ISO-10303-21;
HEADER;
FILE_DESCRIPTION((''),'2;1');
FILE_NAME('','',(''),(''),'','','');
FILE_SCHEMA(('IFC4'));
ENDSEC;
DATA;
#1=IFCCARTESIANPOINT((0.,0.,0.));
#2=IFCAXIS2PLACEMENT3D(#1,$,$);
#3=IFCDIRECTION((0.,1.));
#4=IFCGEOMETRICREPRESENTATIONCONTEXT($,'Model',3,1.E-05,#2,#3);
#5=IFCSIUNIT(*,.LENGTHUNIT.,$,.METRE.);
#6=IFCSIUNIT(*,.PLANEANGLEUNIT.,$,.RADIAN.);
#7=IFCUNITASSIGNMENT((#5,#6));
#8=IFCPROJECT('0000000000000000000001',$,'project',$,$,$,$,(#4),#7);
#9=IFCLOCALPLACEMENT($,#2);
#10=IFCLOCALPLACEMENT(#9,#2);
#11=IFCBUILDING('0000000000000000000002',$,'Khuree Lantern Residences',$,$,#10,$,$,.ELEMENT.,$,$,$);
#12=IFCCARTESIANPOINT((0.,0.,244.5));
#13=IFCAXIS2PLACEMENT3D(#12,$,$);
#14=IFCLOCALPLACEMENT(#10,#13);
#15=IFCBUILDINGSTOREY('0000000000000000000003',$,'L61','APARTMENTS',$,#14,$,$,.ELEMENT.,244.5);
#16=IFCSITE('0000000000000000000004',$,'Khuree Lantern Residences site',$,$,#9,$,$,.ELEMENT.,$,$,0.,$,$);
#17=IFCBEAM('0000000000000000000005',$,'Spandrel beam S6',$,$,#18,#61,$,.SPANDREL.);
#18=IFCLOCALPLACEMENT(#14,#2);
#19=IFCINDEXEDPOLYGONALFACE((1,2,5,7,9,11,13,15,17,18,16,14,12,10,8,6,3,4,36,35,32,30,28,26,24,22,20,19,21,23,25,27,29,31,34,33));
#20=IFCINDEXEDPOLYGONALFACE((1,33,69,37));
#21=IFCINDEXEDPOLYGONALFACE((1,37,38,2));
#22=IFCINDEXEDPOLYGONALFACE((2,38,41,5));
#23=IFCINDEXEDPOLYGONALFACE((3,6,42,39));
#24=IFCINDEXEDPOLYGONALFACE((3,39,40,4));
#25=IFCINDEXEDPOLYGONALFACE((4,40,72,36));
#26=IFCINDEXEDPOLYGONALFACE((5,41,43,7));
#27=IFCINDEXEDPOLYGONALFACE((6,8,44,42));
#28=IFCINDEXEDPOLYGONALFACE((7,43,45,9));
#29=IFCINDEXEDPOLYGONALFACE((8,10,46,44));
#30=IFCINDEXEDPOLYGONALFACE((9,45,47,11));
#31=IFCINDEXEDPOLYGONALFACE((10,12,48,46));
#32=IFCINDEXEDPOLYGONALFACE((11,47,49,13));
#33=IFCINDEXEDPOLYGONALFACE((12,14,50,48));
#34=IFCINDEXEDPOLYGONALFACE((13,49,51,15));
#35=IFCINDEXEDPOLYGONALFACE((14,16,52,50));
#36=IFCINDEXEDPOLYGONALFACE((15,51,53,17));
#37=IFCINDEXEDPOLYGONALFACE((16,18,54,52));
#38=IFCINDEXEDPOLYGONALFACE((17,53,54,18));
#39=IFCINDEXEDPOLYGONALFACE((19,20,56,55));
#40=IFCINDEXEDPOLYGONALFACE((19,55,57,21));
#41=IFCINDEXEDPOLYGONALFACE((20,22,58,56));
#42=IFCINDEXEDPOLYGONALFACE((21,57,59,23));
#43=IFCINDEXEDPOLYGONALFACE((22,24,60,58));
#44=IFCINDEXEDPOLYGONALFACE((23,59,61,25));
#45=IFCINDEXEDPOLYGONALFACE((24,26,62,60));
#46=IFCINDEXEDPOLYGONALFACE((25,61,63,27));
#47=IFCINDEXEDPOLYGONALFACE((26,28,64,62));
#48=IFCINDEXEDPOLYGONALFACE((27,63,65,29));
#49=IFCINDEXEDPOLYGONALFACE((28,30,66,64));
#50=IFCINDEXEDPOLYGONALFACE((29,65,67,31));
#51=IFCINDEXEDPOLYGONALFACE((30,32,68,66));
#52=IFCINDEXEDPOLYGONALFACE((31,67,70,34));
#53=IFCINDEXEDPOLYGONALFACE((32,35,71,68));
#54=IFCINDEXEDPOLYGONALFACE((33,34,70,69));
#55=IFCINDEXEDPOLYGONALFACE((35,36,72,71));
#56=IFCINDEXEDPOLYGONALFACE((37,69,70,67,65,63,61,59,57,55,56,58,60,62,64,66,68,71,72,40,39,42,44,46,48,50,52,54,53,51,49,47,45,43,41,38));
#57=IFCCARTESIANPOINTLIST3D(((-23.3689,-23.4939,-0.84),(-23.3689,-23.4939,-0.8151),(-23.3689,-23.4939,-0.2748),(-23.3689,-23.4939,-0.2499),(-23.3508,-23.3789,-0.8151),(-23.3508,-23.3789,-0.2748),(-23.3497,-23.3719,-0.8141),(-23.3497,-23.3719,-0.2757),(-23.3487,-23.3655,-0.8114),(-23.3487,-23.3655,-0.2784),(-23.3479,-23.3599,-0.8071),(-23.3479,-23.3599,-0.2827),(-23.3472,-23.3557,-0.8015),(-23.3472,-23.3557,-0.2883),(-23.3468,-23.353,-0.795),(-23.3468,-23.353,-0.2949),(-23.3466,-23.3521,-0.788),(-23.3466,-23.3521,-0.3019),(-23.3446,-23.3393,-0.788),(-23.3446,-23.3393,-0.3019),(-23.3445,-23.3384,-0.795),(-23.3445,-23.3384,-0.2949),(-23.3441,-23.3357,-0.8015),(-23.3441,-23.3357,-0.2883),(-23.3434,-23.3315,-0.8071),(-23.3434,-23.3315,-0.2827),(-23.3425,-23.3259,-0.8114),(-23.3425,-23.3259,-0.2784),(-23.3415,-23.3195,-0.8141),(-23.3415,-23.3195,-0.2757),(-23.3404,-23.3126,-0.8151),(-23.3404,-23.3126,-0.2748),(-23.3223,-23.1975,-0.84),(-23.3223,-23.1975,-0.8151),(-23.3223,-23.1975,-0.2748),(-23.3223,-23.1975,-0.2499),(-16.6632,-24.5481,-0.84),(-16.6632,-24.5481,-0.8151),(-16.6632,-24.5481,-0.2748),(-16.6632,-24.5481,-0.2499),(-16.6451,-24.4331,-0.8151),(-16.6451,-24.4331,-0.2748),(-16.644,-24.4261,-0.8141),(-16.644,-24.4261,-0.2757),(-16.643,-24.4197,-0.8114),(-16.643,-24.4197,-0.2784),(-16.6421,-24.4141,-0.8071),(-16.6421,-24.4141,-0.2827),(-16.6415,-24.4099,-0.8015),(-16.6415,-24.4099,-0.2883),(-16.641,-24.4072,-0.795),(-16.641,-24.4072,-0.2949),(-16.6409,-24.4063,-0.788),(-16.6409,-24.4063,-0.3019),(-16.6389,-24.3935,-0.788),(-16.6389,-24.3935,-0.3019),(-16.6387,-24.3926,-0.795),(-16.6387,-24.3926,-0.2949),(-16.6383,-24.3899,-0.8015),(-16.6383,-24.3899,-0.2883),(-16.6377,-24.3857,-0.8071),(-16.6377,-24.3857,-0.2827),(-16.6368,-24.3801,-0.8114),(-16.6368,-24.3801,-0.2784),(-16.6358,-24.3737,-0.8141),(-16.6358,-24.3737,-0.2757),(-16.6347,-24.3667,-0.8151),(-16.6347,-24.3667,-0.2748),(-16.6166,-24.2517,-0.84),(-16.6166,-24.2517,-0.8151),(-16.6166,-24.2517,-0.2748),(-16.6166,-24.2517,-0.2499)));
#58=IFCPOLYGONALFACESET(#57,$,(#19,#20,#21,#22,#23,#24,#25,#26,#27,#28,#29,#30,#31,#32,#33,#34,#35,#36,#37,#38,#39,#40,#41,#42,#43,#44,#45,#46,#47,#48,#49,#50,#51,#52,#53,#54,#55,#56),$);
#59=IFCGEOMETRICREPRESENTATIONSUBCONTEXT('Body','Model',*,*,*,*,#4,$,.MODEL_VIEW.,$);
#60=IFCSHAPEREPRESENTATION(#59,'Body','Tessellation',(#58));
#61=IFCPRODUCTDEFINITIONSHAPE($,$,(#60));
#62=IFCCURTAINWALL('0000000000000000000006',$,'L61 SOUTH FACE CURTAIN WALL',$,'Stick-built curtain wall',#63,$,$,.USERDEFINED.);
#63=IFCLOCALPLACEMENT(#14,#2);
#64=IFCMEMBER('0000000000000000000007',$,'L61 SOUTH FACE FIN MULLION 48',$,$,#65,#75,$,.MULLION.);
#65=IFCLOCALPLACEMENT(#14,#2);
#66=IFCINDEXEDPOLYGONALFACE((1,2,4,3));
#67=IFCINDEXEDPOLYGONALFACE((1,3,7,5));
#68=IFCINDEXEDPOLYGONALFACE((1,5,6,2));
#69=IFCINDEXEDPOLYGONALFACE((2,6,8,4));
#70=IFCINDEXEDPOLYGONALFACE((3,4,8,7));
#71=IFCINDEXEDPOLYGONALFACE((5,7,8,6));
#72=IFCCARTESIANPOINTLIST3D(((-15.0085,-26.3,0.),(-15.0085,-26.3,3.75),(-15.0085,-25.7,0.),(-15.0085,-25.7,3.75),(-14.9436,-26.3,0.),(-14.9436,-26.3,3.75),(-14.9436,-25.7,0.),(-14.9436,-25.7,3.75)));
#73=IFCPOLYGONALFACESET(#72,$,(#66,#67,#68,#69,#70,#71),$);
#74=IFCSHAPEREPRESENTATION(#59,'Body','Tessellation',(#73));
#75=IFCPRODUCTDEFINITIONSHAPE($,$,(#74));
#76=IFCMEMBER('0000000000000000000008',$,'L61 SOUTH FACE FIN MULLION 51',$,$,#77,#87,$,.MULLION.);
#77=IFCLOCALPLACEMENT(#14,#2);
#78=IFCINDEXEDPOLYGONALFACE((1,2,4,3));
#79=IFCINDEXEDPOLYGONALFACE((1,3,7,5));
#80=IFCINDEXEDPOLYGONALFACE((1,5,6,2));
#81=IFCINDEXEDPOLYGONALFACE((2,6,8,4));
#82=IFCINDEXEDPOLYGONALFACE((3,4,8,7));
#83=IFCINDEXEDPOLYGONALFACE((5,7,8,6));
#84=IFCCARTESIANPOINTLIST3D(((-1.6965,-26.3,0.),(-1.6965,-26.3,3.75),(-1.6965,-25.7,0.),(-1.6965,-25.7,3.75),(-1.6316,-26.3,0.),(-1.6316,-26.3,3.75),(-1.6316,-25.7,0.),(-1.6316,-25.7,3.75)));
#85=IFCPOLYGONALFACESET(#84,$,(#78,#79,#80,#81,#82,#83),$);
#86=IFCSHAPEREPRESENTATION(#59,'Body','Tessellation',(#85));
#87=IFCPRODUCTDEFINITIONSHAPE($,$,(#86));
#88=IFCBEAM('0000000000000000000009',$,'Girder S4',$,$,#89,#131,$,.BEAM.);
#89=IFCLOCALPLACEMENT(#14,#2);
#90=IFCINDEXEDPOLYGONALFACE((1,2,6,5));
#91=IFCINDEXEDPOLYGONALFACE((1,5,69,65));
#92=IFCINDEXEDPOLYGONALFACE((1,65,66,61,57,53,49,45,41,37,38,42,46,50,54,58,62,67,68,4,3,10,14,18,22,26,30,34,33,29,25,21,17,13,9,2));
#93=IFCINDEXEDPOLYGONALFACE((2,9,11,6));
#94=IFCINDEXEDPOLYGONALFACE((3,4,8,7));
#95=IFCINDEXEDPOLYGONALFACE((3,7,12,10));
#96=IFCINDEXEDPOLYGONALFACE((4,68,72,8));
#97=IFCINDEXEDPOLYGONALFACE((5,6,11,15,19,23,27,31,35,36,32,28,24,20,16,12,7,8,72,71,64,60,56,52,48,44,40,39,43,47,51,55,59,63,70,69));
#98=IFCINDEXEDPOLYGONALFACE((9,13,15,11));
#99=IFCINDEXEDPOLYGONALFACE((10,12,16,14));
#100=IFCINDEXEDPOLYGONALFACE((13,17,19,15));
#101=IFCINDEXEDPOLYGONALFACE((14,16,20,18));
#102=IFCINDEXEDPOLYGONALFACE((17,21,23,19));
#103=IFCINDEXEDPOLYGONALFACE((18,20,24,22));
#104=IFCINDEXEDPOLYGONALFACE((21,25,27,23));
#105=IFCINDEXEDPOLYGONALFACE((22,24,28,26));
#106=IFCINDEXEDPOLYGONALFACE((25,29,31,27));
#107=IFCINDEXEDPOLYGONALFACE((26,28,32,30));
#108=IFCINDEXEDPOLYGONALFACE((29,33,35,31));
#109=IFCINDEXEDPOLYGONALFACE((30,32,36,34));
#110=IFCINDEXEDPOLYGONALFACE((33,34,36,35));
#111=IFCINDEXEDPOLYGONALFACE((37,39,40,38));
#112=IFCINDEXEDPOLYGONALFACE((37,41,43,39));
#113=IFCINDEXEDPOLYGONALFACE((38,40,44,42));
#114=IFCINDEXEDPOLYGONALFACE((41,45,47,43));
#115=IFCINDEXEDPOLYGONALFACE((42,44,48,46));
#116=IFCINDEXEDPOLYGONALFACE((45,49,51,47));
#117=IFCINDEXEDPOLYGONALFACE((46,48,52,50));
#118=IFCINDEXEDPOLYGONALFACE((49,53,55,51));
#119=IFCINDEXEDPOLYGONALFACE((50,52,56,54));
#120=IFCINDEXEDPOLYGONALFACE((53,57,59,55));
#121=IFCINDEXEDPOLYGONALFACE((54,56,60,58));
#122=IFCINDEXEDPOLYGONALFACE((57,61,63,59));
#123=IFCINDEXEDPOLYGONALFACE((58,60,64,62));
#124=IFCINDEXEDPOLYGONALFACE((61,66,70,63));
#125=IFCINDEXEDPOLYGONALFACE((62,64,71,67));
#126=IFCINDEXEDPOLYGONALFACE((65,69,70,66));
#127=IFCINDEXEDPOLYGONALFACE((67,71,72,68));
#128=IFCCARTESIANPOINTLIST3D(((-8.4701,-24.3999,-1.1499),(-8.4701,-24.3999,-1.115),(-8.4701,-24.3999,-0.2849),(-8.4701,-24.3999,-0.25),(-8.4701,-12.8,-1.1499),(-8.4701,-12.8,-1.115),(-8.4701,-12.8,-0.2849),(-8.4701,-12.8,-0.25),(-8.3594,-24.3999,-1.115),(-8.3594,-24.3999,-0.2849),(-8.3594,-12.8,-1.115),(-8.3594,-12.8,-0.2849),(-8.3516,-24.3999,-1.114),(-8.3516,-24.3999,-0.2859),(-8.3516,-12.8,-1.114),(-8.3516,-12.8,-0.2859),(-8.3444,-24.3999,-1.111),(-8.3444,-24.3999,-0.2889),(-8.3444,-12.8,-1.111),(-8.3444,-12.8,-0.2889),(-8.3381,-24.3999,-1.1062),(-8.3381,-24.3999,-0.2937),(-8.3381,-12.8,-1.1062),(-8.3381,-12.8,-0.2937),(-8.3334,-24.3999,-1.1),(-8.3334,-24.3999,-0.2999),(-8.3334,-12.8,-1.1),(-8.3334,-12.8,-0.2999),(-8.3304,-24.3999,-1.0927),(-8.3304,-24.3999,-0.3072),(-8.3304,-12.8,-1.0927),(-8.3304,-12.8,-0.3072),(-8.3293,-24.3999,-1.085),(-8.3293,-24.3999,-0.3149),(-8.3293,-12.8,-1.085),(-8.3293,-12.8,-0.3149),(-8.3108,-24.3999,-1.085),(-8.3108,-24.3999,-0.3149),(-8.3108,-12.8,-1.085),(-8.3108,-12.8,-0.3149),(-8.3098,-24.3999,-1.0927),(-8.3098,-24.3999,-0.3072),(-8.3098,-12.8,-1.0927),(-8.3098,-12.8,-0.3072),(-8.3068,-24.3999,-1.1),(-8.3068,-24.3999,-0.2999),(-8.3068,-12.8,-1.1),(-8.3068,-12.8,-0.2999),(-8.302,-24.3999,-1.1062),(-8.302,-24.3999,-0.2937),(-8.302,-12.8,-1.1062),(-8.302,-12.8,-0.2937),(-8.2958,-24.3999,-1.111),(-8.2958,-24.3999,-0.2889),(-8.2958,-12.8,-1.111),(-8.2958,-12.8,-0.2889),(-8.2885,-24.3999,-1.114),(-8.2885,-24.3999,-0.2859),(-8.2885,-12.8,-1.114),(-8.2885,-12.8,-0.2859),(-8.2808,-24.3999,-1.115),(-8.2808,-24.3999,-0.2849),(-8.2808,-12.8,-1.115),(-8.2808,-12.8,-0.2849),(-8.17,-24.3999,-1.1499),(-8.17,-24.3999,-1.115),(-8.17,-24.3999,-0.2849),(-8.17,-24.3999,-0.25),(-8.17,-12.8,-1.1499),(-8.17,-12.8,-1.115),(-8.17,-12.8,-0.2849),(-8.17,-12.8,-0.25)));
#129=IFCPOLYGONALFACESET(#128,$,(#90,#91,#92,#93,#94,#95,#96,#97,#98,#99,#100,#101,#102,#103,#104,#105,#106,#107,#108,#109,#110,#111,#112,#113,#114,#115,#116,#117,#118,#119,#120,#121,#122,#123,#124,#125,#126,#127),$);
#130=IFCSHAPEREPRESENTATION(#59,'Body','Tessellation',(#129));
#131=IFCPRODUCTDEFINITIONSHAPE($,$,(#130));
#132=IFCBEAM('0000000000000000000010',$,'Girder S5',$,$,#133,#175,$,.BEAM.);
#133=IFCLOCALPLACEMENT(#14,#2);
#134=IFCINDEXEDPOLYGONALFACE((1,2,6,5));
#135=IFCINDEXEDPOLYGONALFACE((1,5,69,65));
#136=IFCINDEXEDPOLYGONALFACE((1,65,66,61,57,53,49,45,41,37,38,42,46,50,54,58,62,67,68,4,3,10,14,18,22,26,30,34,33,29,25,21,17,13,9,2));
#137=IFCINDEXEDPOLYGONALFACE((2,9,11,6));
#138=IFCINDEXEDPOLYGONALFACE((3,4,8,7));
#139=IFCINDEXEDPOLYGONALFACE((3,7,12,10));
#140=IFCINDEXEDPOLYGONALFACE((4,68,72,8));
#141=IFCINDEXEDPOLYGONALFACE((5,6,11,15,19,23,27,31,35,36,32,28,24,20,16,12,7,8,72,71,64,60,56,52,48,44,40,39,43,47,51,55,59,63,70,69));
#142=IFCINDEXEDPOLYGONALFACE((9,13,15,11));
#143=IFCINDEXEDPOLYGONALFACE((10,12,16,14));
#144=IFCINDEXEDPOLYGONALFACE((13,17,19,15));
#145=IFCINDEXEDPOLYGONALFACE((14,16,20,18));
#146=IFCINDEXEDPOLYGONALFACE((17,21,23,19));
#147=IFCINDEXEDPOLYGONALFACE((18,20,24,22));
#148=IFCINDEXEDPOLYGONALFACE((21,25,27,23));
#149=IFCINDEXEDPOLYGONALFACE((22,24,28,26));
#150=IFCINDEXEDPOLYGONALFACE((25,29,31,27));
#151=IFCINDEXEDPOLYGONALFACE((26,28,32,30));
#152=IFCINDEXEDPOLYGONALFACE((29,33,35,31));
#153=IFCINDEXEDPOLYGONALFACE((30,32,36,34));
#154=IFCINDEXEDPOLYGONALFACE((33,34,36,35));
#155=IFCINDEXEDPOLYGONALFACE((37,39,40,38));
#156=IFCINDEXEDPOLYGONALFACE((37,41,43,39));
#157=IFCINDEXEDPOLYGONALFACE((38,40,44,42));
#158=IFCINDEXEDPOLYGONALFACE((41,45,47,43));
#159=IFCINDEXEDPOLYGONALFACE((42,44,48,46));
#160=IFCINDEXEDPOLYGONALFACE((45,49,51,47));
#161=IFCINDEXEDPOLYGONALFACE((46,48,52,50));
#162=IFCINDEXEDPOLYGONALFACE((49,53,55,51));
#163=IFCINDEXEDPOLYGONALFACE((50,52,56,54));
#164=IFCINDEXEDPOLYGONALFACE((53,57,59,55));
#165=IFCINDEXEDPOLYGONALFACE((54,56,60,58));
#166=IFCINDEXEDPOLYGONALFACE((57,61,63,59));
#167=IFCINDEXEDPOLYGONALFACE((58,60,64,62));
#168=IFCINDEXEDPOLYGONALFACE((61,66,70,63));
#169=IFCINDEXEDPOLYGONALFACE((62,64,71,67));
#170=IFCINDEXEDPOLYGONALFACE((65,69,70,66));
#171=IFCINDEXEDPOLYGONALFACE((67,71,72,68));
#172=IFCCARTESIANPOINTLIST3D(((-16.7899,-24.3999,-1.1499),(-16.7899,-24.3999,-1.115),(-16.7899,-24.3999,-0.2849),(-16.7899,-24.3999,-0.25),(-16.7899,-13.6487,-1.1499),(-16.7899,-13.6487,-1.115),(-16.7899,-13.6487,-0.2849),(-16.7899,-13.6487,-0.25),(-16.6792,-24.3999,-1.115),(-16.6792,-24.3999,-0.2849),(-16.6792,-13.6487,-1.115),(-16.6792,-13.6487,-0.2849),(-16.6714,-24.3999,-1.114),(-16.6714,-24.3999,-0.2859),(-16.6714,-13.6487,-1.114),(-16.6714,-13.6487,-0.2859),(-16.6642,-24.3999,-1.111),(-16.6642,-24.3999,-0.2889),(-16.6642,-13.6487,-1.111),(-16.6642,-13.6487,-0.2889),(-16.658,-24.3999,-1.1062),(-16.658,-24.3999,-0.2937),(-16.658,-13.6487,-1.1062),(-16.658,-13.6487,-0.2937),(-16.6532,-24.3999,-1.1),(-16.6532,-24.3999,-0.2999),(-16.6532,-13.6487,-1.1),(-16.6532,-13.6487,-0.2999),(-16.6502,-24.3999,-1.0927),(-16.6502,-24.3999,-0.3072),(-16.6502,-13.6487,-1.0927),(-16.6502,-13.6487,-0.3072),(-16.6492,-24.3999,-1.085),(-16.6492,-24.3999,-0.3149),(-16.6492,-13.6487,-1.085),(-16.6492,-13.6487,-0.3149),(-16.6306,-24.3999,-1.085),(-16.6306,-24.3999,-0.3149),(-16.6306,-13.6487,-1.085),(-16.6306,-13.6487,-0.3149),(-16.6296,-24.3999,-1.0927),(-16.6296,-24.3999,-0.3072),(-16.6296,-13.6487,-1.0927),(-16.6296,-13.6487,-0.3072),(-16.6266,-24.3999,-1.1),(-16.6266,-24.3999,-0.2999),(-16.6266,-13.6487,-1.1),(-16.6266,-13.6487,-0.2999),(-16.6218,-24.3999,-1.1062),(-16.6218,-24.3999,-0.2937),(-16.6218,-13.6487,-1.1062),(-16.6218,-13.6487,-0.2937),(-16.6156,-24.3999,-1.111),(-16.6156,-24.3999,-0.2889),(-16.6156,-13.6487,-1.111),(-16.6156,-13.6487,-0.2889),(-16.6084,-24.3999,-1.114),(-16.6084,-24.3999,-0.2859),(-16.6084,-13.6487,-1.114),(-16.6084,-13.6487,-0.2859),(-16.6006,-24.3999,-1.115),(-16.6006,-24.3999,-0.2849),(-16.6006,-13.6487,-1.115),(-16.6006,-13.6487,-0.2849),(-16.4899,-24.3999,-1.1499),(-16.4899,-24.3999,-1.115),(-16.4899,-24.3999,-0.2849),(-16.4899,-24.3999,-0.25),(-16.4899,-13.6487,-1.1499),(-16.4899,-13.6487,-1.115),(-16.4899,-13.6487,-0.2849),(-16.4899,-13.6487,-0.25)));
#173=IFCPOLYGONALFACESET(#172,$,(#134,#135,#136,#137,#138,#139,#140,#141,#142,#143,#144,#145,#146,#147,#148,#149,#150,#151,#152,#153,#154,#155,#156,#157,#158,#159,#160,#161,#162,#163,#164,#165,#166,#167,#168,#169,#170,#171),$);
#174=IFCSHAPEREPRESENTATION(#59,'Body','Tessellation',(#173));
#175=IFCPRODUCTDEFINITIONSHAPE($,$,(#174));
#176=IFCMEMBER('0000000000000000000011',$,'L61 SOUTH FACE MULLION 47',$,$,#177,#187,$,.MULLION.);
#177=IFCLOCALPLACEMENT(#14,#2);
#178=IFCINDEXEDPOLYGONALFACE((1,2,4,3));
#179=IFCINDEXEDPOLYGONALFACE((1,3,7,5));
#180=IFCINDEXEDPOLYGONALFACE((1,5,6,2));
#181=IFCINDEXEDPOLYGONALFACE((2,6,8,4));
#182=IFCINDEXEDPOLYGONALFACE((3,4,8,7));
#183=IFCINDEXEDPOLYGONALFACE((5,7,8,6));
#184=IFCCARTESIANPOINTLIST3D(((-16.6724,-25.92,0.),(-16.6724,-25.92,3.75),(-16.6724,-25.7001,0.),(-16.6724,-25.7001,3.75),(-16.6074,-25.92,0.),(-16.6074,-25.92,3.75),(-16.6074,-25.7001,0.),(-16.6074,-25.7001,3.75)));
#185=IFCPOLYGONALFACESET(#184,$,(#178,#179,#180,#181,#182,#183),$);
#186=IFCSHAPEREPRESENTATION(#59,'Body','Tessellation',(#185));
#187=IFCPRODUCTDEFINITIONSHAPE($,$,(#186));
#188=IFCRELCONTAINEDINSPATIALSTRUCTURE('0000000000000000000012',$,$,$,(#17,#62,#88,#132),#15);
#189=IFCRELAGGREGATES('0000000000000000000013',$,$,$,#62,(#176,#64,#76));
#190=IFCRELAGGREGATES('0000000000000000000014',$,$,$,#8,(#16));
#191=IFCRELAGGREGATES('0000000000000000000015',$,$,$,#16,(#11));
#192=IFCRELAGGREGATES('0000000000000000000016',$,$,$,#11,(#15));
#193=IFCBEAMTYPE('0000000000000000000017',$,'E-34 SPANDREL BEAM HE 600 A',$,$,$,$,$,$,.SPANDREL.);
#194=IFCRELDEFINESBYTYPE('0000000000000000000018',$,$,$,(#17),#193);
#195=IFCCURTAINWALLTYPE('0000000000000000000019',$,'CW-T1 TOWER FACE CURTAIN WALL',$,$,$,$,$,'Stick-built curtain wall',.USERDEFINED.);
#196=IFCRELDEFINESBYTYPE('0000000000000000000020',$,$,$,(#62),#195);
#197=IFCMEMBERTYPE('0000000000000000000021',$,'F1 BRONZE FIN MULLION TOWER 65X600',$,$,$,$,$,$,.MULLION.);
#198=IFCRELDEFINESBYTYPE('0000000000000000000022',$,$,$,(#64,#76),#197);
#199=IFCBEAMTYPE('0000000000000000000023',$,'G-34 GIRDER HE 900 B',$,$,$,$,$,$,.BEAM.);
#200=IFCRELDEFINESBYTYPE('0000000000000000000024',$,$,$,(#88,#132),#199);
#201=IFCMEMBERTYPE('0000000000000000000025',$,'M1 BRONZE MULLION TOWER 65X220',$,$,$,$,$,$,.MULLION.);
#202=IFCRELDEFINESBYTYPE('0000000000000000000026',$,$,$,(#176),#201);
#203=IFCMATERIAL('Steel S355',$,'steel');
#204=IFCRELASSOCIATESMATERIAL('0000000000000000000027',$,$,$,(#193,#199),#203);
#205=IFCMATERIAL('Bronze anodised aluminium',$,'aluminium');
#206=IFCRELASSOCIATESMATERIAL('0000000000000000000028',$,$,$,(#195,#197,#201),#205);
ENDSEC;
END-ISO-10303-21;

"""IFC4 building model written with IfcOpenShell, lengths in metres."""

from ifc_helpers import new_model, si_unit, direction, frame, origin, origin_2d, place, context, subcontext, project, spatial, rectangle, i_section, extrude, material, material_profile, profile_set, type_object, element, aggregate, save


model = new_model("IFC4")

# Units and contexts
model_context = context("Model", 3, precision=1e-05, world=origin(), true_north=direction((0.0, 1.0)))
body_context = subcontext(model_context, "Body", "Model", "MODEL_VIEW")
ifc_project = project(units=[si_unit("LENGTHUNIT", "METRE"), si_unit("PLANEANGLEUNIT", "RADIAN")], contexts=[model_context])

# Site, building, storey
site_placement = place(None, origin())
site = spatial("IfcSite", under=ifc_project, at=site_placement, Name="Khuree Lantern Residences site", CompositionType="ELEMENT", RefElevation=0.0)
building_placement = place(site_placement, origin())
building = spatial("IfcBuilding", under=site, at=building_placement, Name="Khuree Lantern Residences", CompositionType="ELEMENT")
storey_placement = place(building_placement, frame((0.0, 0.0, 244.5)))
storey = spatial("IfcBuildingStorey", under=building, at=storey_placement, Name="L61", Description="APARTMENTS", CompositionType="ELEMENT", Elevation=244.5)

# Beam
ifc_material_1 = material(Name="Steel S355", Category="steel")
ifc_material_profile_1 = material_profile(ifc_material_1, i_section(OverallWidth=0.3, OverallDepth=0.5901, WebThickness=0.0129, FlangeThickness=0.0249, FilletRadius=0.0271, at=origin_2d()), Name="HE 600 A")
ifc_profile_set_1 = profile_set([ifc_material_profile_1], Name="Steel S355")
beam_type_1 = type_object("IfcBeamType", Name="E-34 SPANDREL BEAM HE 600 A", PredefinedType="SPANDREL", material=ifc_profile_set_1)
beam_1_placement = place(storey_placement, frame((-16.6399, -24.3999, -0.5449), z_axis=(-0.987867, 0.1553, 0.0), x_axis=(-0.1553, -0.987867, 0.0)))
element("IfcBeam", 1, at=beam_1_placement, inside=storey, type_object=beam_type_1, Name="Spandrel beam S6", PredefinedType="SPANDREL", context=body_context, shape_type="SweptSolid", body=[
    extrude(i_section(OverallWidth=0.3, OverallDepth=0.5901, WebThickness=0.0129, FlangeThickness=0.0249, FilletRadius=0.0271, at=origin_2d()), origin(), (0.0, 0.0, 1.0), 6.7881),
])

# Curtain wall, members
ifc_material_2 = material(Name="Bronze anodised aluminium", Category="aluminium")
curtain_wall_type = type_object("IfcCurtainWallType", Name="CW-T1 TOWER FACE CURTAIN WALL", ElementType="Stick-built curtain wall", PredefinedType="USERDEFINED", material=ifc_material_2)
curtain_wall_placement = place(storey_placement, origin())
curtain_wall = element("IfcCurtainWall", 2, at=curtain_wall_placement, inside=storey, type_object=curtain_wall_type, Name="L61 SOUTH FACE CURTAIN WALL", ObjectType="Stick-built curtain wall", PredefinedType="USERDEFINED")
ifc_material_profile_2 = material_profile(ifc_material_2, rectangle(XDim=0.0649, YDim=0.6001, at=origin_2d()), Name="F1 65X600")
ifc_profile_set_2 = profile_set([ifc_material_profile_2], Name="Bronze anodised aluminium")
member_type_1 = type_object("IfcMemberType", Name="F1 BRONZE FIN MULLION TOWER 65X600", PredefinedType="MULLION", material=ifc_profile_set_2)
member_1_placement = place(storey_placement, frame((-14.9761, -26.0, 0.0), z_axis=(0.0, 0.0, 1.0), x_axis=(1.0, 0.0, 0.0)))
member_1 = element("IfcMember", 3, at=member_1_placement, type_object=member_type_1, Name="L61 SOUTH FACE FIN MULLION 48", PredefinedType="MULLION", context=body_context, shape_type="SweptSolid", body=[
    extrude(rectangle(XDim=0.0649, YDim=0.6001, at=origin_2d()), origin(), (0.0, 0.0, 1.0), 3.75),
])
member_2_placement = place(storey_placement, frame((-1.6641, -26.0, 0.0), z_axis=(0.0, 0.0, 1.0), x_axis=(1.0, 0.0, 0.0)))
member_2 = element("IfcMember", 4, at=member_2_placement, type_object=member_type_1, Name="L61 SOUTH FACE FIN MULLION 51", PredefinedType="MULLION", context=body_context, shape_type="SweptSolid", body=[
    extrude(rectangle(XDim=0.0649, YDim=0.6001, at=origin_2d()), origin(), (0.0, 0.0, 1.0), 3.75),
])

# Beams
ifc_material_profile_3 = material_profile(ifc_material_1, i_section(OverallWidth=0.3, OverallDepth=0.8999, WebThickness=0.0186, FlangeThickness=0.0349, FilletRadius=0.03, at=origin_2d()), Name="HE 900 B")
ifc_profile_set_3 = profile_set([ifc_material_profile_3], Name="Steel S355")
beam_type_2 = type_object("IfcBeamType", Name="G-34 GIRDER HE 900 B", PredefinedType="BEAM", material=ifc_profile_set_3)
beam_2_placement = place(storey_placement, frame((-8.3201, -24.3999, -0.7), z_axis=(0.0, 1.0, 0.0), x_axis=(-1.0, 0.0, 0.0)))
element("IfcBeam", 5, at=beam_2_placement, inside=storey, type_object=beam_type_2, Name="Girder S4", PredefinedType="BEAM", context=body_context, shape_type="SweptSolid", body=[
    extrude(i_section(OverallWidth=0.3, OverallDepth=0.8999, WebThickness=0.0186, FlangeThickness=0.0349, FilletRadius=0.03, at=origin_2d()), origin(), (0.0, 0.0, 1.0), 11.5999),
])
beam_3_placement = place(storey_placement, frame((-16.6399, -24.3999, -0.7), z_axis=(0.0, 1.0, 0.0), x_axis=(-1.0, 0.0, 0.0)))
element("IfcBeam", 6, at=beam_3_placement, inside=storey, type_object=beam_type_2, Name="Girder S5", PredefinedType="BEAM", context=body_context, shape_type="SweptSolid", body=[
    extrude(i_section(OverallWidth=0.3, OverallDepth=0.8999, WebThickness=0.0186, FlangeThickness=0.0349, FilletRadius=0.03, at=origin_2d()), origin(), (0.0, 0.0, 1.0), 10.7512),
])

# Member
ifc_material_profile_4 = material_profile(ifc_material_2, rectangle(XDim=0.0649, YDim=0.22, at=origin_2d()), Name="M1 65X220")
ifc_profile_set_4 = profile_set([ifc_material_profile_4], Name="Bronze anodised aluminium")
member_type_2 = type_object("IfcMemberType", Name="M1 BRONZE MULLION TOWER 65X220", PredefinedType="MULLION", material=ifc_profile_set_4)
member_3_placement = place(storey_placement, frame((-16.6399, -25.8101, 0.0), z_axis=(0.0, 0.0, 1.0), x_axis=(1.0, 0.0, 0.0)))
member_3 = element("IfcMember", 7, at=member_3_placement, type_object=member_type_2, Name="L61 SOUTH FACE MULLION 47", PredefinedType="MULLION", context=body_context, shape_type="SweptSolid", body=[
    extrude(rectangle(XDim=0.0649, YDim=0.22, at=origin_2d()), origin(), (0.0, 0.0, 1.0), 3.75),
])

aggregate(curtain_wall, [member_3, member_1, member_2])

save(model, "model.ifc")
